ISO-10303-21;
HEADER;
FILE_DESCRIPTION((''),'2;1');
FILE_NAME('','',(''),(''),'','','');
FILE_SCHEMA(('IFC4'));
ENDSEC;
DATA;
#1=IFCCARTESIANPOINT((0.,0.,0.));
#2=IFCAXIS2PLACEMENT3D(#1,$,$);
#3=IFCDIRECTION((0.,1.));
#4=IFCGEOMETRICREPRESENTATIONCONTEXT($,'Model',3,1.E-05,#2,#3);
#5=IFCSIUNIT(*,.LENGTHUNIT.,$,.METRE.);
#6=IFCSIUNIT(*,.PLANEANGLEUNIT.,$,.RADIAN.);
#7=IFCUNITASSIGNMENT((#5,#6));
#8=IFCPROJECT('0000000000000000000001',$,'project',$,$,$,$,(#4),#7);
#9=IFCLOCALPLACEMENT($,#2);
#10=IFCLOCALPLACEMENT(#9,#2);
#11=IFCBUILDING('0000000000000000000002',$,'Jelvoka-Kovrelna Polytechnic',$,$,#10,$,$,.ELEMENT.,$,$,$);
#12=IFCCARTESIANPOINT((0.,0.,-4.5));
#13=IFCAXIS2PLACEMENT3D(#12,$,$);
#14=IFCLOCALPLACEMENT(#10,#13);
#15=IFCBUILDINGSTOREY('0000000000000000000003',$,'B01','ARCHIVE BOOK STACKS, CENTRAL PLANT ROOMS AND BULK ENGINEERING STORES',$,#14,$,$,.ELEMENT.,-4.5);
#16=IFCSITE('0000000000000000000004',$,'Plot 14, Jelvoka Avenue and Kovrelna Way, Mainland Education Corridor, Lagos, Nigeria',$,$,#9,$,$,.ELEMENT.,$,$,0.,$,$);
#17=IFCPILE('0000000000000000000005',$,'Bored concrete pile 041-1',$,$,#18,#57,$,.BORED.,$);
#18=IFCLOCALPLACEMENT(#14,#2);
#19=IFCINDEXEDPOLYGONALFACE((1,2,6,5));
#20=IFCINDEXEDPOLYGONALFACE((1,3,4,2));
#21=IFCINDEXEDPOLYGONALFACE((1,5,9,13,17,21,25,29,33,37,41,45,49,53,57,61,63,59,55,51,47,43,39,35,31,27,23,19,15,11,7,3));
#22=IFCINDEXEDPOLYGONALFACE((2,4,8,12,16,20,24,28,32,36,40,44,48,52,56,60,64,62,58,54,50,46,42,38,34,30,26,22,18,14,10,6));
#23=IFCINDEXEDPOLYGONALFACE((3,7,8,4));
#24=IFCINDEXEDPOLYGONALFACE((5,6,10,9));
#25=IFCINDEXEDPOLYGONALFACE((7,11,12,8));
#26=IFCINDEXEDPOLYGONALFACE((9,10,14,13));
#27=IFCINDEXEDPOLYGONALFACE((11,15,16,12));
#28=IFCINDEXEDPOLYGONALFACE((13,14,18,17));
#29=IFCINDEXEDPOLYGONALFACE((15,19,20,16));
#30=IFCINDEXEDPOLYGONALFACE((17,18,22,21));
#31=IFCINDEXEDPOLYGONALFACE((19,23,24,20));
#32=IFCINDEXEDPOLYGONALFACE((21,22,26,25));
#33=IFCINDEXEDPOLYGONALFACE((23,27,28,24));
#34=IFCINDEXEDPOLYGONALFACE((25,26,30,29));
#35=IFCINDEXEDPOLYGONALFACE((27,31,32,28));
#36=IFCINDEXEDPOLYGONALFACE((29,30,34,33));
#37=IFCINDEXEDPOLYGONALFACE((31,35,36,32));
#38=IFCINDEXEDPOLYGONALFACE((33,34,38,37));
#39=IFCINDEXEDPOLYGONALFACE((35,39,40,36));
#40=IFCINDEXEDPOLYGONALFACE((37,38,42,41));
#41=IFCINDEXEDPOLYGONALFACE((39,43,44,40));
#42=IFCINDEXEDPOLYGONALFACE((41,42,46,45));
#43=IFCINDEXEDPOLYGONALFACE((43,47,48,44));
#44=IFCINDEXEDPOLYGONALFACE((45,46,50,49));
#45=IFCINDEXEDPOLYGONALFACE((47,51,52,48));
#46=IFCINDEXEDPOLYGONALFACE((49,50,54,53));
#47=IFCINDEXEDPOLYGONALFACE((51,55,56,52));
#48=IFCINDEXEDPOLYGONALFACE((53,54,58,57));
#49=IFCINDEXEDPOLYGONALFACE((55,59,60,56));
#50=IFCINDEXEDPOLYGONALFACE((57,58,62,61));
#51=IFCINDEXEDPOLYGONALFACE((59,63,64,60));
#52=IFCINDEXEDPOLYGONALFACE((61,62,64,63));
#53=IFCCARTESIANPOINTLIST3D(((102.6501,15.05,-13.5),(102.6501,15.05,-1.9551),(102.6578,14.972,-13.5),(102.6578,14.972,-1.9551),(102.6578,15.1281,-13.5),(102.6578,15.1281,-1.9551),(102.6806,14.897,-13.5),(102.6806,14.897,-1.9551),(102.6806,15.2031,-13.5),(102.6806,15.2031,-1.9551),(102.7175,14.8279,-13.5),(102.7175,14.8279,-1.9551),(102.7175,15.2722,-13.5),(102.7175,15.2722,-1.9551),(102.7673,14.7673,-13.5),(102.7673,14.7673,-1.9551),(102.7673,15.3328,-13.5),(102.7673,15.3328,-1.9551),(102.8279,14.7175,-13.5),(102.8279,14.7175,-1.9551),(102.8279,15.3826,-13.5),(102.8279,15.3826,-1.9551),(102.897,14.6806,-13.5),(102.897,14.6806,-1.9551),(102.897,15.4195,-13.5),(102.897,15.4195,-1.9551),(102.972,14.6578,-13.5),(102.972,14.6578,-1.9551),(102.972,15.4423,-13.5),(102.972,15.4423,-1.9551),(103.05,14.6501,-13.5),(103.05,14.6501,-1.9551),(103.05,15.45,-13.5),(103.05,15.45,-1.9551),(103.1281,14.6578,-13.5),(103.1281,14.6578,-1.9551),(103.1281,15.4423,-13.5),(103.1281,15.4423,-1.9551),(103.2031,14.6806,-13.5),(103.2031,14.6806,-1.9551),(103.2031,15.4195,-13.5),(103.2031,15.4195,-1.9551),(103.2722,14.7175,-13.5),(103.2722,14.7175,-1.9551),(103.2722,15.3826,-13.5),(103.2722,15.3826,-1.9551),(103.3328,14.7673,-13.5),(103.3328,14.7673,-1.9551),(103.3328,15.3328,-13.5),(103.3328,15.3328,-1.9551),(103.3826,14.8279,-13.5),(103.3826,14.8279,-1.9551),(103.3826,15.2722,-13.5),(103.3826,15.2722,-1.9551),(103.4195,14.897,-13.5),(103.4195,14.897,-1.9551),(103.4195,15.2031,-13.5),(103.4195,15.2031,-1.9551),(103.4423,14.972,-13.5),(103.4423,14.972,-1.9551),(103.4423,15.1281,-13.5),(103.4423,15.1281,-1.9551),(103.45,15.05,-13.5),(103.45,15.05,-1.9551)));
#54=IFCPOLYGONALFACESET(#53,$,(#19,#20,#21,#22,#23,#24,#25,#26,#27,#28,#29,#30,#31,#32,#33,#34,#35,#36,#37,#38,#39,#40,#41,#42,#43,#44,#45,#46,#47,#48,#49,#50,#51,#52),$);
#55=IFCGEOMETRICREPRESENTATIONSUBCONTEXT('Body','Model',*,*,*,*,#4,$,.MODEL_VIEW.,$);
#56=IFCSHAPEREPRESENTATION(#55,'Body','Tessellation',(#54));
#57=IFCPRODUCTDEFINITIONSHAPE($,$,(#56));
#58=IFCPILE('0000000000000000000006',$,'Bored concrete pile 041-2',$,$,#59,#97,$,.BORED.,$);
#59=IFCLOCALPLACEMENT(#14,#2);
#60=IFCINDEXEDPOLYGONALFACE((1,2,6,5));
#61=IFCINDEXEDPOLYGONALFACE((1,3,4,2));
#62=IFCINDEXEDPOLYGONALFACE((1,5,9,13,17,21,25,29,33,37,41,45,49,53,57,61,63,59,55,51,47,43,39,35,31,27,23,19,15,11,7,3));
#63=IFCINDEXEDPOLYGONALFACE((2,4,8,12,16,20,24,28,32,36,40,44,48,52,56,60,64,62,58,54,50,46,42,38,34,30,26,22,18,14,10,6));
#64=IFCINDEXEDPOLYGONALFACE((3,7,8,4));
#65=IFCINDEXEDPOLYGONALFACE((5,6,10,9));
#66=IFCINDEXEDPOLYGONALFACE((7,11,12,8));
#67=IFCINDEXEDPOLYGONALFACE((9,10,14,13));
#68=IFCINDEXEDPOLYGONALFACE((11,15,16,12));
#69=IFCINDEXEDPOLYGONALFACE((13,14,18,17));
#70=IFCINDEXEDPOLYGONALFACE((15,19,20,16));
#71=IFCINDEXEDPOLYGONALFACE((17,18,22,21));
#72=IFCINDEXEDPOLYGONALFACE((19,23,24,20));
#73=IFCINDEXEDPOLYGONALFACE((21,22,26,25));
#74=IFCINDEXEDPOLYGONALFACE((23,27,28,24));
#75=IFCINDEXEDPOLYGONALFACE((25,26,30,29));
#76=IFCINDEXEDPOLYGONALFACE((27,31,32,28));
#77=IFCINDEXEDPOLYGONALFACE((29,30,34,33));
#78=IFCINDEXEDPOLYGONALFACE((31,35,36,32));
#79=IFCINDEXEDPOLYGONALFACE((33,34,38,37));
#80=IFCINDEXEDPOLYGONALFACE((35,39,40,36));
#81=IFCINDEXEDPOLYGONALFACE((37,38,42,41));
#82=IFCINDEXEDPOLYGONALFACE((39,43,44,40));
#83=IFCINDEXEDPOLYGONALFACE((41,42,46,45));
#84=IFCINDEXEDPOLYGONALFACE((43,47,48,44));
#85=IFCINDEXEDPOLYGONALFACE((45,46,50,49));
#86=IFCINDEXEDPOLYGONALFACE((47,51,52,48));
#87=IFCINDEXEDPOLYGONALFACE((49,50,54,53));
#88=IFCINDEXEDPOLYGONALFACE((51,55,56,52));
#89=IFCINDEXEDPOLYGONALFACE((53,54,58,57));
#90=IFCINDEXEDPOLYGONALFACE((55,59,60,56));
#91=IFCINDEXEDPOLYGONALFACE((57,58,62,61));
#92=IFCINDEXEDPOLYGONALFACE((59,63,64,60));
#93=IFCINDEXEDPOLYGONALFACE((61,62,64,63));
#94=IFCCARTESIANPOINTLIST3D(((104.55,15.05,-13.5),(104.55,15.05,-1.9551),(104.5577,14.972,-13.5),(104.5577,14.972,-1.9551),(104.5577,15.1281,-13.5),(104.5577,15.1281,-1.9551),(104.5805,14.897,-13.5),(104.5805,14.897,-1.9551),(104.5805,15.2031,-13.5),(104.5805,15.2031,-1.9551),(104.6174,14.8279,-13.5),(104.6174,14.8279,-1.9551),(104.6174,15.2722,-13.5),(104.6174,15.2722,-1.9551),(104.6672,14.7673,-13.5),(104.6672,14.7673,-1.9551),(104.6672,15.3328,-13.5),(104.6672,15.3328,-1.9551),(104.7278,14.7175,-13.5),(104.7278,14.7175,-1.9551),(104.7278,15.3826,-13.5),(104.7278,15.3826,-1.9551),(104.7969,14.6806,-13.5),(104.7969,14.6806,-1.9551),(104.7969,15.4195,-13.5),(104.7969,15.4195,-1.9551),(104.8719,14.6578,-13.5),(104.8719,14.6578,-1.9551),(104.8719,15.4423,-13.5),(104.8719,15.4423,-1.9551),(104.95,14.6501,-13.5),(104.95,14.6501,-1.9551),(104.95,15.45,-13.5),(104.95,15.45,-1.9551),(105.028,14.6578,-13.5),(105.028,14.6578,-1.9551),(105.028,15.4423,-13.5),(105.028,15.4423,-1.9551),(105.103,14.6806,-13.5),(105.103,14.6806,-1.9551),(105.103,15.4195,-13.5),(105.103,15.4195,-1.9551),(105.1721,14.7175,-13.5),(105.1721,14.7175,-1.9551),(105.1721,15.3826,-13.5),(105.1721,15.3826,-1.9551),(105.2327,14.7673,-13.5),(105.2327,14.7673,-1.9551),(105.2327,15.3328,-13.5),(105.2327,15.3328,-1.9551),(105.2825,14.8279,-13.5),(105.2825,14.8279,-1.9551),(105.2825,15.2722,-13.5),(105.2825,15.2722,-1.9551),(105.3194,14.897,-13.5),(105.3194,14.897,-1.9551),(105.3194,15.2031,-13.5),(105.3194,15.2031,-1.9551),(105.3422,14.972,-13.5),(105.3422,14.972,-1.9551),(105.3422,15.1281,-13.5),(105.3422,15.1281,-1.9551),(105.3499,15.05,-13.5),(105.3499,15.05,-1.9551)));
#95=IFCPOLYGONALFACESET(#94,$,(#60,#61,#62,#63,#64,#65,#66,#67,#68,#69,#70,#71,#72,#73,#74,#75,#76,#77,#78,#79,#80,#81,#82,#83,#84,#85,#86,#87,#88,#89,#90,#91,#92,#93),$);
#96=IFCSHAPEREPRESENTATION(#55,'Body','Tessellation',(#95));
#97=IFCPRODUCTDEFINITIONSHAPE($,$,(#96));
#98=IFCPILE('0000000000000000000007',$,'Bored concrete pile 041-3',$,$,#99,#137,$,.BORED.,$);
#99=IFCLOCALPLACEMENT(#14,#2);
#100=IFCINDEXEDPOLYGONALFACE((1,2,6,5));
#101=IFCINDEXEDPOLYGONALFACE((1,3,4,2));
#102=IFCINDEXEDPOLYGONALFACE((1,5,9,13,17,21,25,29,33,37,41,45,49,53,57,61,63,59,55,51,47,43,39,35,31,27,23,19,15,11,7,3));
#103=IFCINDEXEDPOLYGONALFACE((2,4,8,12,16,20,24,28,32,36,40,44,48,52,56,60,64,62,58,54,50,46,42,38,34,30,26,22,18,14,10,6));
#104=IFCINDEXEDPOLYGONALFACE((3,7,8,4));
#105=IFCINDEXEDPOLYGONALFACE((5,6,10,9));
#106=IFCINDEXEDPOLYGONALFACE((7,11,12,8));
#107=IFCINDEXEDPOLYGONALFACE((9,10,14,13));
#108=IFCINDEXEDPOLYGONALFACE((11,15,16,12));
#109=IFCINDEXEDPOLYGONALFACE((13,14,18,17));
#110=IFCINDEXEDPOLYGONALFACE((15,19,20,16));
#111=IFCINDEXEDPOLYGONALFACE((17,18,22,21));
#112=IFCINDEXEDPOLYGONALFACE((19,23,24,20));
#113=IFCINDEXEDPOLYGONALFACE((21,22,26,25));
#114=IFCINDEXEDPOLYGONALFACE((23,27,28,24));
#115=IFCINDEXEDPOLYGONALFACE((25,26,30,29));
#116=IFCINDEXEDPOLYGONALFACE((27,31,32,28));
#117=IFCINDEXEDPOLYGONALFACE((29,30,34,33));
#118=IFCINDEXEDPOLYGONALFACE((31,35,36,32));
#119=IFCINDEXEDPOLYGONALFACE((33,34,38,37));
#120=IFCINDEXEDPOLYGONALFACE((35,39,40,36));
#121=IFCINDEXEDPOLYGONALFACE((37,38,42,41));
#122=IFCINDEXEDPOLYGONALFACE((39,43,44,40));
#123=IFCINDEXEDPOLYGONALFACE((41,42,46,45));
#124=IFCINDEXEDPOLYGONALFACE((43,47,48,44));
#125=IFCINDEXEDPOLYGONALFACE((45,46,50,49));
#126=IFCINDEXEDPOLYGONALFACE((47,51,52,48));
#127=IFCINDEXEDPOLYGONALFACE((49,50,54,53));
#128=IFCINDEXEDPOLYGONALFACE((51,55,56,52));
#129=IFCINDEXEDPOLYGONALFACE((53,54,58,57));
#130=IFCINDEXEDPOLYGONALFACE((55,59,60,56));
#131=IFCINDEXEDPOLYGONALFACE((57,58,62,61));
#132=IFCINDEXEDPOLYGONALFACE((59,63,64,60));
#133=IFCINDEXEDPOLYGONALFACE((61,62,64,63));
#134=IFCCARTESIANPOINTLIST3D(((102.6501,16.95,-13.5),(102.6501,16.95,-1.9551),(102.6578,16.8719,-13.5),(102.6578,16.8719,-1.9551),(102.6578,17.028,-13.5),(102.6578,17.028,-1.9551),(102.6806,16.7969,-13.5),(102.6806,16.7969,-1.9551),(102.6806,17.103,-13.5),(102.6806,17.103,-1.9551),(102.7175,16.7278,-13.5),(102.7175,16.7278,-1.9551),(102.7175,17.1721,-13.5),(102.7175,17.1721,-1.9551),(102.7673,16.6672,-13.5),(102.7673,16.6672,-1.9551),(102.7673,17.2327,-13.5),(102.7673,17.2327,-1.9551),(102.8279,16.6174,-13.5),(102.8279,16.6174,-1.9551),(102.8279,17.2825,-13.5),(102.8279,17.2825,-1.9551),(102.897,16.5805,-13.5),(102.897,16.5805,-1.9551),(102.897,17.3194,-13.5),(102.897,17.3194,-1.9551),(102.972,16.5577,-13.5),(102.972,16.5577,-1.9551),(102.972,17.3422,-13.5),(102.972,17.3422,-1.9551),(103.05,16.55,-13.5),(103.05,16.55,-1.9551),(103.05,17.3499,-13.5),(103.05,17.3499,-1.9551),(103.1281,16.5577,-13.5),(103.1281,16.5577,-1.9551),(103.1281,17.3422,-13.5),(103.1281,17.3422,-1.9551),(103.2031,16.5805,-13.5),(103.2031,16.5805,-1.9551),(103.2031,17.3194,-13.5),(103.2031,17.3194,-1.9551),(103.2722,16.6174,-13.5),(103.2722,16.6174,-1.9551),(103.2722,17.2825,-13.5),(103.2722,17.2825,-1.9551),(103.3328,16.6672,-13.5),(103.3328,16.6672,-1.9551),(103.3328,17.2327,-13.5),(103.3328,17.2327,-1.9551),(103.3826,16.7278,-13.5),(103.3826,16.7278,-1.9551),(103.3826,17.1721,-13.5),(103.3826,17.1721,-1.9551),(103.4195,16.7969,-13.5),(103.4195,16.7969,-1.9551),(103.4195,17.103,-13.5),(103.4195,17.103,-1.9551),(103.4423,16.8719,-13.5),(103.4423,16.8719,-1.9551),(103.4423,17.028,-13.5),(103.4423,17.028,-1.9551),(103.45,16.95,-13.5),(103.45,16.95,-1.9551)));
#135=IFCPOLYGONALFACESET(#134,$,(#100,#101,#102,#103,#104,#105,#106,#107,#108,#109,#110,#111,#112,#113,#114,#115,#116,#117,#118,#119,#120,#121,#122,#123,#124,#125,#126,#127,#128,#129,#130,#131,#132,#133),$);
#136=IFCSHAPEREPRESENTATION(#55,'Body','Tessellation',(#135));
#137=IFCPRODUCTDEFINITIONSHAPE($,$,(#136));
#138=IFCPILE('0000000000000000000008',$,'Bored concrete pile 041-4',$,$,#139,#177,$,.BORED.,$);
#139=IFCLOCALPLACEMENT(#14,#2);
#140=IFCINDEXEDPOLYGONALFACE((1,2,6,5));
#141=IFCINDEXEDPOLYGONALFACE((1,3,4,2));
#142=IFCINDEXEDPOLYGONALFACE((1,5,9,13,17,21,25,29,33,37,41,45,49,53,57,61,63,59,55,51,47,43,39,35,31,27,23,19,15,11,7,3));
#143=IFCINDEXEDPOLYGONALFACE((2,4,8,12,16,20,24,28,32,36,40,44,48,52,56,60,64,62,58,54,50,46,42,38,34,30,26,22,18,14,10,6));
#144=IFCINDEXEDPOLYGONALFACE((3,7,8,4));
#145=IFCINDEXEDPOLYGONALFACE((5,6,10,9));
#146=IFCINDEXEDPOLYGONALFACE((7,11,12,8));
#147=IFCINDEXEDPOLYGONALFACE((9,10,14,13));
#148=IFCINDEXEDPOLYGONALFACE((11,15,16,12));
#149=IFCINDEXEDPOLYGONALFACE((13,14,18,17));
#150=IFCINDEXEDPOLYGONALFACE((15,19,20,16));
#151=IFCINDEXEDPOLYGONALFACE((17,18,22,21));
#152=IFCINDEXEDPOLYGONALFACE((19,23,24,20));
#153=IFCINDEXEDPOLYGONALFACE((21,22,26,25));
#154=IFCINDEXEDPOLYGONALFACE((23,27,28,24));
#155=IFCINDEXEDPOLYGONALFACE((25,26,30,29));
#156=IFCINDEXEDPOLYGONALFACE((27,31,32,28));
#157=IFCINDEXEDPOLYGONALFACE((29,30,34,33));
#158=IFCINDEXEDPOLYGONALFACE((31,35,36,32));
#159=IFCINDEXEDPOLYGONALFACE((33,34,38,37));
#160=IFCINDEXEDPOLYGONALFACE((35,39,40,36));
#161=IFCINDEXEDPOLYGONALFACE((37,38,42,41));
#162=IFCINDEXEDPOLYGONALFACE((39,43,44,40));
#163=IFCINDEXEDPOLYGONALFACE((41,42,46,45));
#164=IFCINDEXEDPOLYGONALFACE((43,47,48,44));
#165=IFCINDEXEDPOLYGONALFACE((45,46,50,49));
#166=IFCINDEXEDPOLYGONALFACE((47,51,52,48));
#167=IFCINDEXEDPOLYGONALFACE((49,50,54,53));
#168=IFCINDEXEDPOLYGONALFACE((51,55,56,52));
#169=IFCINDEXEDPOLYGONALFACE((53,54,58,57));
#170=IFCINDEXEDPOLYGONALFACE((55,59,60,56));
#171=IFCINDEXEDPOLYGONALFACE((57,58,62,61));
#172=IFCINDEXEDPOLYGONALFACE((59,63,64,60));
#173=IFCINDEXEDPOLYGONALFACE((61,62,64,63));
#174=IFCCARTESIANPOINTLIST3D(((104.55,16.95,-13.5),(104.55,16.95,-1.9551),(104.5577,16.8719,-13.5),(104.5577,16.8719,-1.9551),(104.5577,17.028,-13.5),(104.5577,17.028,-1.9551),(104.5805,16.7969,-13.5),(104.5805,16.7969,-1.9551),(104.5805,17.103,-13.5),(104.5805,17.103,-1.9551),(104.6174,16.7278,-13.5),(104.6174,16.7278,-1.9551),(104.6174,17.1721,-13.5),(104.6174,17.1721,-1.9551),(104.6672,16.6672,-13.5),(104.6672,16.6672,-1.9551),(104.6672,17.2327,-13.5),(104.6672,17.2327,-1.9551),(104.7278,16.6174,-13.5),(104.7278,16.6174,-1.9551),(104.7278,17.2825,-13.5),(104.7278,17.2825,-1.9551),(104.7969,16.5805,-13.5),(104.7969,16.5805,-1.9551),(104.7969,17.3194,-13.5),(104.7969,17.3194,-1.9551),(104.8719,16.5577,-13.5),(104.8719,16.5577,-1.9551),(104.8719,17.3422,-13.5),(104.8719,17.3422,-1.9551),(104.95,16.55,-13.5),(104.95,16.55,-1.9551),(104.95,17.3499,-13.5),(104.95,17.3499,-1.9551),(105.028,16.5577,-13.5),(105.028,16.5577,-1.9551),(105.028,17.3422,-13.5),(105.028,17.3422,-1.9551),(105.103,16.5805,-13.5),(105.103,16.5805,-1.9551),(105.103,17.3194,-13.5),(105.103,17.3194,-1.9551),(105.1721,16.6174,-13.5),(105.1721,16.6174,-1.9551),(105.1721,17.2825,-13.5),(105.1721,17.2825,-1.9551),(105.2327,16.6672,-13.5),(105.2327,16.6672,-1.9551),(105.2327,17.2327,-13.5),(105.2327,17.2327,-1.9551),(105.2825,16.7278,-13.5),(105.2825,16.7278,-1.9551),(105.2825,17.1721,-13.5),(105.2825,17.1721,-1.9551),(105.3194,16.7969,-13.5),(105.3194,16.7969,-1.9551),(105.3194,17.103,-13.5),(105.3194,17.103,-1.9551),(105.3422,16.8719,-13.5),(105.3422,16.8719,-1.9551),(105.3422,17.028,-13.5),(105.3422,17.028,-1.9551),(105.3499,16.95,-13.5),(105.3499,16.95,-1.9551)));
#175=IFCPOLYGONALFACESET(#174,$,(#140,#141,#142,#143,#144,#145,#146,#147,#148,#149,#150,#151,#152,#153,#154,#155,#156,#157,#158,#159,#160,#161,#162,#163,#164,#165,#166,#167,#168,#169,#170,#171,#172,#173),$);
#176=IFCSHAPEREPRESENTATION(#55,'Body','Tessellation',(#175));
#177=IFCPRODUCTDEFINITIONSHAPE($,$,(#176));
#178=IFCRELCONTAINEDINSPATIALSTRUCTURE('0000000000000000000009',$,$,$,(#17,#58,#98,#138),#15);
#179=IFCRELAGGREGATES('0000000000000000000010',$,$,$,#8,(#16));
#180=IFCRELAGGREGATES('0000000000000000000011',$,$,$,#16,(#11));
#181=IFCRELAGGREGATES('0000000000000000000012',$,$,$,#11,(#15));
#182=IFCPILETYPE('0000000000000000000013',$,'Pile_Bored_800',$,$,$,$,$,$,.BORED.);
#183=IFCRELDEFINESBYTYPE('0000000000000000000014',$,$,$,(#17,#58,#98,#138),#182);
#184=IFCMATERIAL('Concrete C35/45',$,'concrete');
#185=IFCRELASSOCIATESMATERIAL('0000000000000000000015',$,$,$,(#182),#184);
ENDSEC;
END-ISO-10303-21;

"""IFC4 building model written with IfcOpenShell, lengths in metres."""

from ifc_helpers import new_model, si_unit, direction, frame, origin, origin_2d, place, context, subcontext, project, spatial, circle, extrude, material, material_profile, profile_set, type_object, element, save


model = new_model("IFC4")

# Units and contexts
model_context = context("Model", 3, precision=1e-05, world=origin(), true_north=direction((0.0, 1.0)))
body_context = subcontext(model_context, "Body", "Model", "MODEL_VIEW")
ifc_project = project(units=[si_unit("LENGTHUNIT", "METRE"), si_unit("PLANEANGLEUNIT", "RADIAN")], contexts=[model_context])

# Site, building, storey
site_placement = place(None, origin())
site = spatial("IfcSite", under=ifc_project, at=site_placement, Name="Plot 14, Jelvoka Avenue and Kovrelna Way, Mainland Education Corridor, Lagos, Nigeria", CompositionType="ELEMENT", RefElevation=0.0)
building_placement = place(site_placement, origin())
building = spatial("IfcBuilding", under=site, at=building_placement, Name="Jelvoka-Kovrelna Polytechnic", CompositionType="ELEMENT")
storey_placement = place(building_placement, frame((0.0, 0.0, -4.5)))
storey = spatial("IfcBuildingStorey", under=building, at=storey_placement, Name="B01", Description="ARCHIVE BOOK STACKS, CENTRAL PLANT ROOMS AND BULK ENGINEERING STORES", CompositionType="ELEMENT", Elevation=-4.5)

# Piles
ifc_material_1 = material(Name="Concrete C35/45", Category="concrete")
ifc_material_profile_1 = material_profile(ifc_material_1, circle(Radius=0.3999, at=origin_2d()), Name="PILE D800")
ifc_profile_set_1 = profile_set([ifc_material_profile_1], Name="Concrete C35/45")
pile_type = type_object("IfcPileType", Name="Pile_Bored_800", PredefinedType="BORED", material=ifc_profile_set_1)
for number, where, z_axis, x_axis, name in (
    (1, (103.05, 15.05, -1.9551), (0.0, 0.0, -1.0), (1.0, 0.0, 0.0), "Bored concrete pile 041-1"),
    (2, (104.95, 15.05, -1.9551), (0.0, 0.0, -1.0), (1.0, 0.0, 0.0), "Bored concrete pile 041-2"),
    (3, (103.05, 16.95, -1.9551), (0.0, 0.0, -1.0), (1.0, 0.0, 0.0), "Bored concrete pile 041-3"),
    (4, (104.95, 16.95, -1.9551), (0.0, 0.0, -1.0), (1.0, 0.0, 0.0), "Bored concrete pile 041-4"),
):
    element("IfcPile", number, at=place(storey_placement, frame(where, z_axis=z_axis, x_axis=x_axis)), inside=storey, type_object=pile_type, Name=name, PredefinedType="BORED", context=body_context, shape_type="SweptSolid", body=[
        extrude(circle(Radius=0.3999, at=origin_2d()), origin(), (0.0, 0.0, 1.0), 11.5449),
    ])

save(model, "model.ifc")
